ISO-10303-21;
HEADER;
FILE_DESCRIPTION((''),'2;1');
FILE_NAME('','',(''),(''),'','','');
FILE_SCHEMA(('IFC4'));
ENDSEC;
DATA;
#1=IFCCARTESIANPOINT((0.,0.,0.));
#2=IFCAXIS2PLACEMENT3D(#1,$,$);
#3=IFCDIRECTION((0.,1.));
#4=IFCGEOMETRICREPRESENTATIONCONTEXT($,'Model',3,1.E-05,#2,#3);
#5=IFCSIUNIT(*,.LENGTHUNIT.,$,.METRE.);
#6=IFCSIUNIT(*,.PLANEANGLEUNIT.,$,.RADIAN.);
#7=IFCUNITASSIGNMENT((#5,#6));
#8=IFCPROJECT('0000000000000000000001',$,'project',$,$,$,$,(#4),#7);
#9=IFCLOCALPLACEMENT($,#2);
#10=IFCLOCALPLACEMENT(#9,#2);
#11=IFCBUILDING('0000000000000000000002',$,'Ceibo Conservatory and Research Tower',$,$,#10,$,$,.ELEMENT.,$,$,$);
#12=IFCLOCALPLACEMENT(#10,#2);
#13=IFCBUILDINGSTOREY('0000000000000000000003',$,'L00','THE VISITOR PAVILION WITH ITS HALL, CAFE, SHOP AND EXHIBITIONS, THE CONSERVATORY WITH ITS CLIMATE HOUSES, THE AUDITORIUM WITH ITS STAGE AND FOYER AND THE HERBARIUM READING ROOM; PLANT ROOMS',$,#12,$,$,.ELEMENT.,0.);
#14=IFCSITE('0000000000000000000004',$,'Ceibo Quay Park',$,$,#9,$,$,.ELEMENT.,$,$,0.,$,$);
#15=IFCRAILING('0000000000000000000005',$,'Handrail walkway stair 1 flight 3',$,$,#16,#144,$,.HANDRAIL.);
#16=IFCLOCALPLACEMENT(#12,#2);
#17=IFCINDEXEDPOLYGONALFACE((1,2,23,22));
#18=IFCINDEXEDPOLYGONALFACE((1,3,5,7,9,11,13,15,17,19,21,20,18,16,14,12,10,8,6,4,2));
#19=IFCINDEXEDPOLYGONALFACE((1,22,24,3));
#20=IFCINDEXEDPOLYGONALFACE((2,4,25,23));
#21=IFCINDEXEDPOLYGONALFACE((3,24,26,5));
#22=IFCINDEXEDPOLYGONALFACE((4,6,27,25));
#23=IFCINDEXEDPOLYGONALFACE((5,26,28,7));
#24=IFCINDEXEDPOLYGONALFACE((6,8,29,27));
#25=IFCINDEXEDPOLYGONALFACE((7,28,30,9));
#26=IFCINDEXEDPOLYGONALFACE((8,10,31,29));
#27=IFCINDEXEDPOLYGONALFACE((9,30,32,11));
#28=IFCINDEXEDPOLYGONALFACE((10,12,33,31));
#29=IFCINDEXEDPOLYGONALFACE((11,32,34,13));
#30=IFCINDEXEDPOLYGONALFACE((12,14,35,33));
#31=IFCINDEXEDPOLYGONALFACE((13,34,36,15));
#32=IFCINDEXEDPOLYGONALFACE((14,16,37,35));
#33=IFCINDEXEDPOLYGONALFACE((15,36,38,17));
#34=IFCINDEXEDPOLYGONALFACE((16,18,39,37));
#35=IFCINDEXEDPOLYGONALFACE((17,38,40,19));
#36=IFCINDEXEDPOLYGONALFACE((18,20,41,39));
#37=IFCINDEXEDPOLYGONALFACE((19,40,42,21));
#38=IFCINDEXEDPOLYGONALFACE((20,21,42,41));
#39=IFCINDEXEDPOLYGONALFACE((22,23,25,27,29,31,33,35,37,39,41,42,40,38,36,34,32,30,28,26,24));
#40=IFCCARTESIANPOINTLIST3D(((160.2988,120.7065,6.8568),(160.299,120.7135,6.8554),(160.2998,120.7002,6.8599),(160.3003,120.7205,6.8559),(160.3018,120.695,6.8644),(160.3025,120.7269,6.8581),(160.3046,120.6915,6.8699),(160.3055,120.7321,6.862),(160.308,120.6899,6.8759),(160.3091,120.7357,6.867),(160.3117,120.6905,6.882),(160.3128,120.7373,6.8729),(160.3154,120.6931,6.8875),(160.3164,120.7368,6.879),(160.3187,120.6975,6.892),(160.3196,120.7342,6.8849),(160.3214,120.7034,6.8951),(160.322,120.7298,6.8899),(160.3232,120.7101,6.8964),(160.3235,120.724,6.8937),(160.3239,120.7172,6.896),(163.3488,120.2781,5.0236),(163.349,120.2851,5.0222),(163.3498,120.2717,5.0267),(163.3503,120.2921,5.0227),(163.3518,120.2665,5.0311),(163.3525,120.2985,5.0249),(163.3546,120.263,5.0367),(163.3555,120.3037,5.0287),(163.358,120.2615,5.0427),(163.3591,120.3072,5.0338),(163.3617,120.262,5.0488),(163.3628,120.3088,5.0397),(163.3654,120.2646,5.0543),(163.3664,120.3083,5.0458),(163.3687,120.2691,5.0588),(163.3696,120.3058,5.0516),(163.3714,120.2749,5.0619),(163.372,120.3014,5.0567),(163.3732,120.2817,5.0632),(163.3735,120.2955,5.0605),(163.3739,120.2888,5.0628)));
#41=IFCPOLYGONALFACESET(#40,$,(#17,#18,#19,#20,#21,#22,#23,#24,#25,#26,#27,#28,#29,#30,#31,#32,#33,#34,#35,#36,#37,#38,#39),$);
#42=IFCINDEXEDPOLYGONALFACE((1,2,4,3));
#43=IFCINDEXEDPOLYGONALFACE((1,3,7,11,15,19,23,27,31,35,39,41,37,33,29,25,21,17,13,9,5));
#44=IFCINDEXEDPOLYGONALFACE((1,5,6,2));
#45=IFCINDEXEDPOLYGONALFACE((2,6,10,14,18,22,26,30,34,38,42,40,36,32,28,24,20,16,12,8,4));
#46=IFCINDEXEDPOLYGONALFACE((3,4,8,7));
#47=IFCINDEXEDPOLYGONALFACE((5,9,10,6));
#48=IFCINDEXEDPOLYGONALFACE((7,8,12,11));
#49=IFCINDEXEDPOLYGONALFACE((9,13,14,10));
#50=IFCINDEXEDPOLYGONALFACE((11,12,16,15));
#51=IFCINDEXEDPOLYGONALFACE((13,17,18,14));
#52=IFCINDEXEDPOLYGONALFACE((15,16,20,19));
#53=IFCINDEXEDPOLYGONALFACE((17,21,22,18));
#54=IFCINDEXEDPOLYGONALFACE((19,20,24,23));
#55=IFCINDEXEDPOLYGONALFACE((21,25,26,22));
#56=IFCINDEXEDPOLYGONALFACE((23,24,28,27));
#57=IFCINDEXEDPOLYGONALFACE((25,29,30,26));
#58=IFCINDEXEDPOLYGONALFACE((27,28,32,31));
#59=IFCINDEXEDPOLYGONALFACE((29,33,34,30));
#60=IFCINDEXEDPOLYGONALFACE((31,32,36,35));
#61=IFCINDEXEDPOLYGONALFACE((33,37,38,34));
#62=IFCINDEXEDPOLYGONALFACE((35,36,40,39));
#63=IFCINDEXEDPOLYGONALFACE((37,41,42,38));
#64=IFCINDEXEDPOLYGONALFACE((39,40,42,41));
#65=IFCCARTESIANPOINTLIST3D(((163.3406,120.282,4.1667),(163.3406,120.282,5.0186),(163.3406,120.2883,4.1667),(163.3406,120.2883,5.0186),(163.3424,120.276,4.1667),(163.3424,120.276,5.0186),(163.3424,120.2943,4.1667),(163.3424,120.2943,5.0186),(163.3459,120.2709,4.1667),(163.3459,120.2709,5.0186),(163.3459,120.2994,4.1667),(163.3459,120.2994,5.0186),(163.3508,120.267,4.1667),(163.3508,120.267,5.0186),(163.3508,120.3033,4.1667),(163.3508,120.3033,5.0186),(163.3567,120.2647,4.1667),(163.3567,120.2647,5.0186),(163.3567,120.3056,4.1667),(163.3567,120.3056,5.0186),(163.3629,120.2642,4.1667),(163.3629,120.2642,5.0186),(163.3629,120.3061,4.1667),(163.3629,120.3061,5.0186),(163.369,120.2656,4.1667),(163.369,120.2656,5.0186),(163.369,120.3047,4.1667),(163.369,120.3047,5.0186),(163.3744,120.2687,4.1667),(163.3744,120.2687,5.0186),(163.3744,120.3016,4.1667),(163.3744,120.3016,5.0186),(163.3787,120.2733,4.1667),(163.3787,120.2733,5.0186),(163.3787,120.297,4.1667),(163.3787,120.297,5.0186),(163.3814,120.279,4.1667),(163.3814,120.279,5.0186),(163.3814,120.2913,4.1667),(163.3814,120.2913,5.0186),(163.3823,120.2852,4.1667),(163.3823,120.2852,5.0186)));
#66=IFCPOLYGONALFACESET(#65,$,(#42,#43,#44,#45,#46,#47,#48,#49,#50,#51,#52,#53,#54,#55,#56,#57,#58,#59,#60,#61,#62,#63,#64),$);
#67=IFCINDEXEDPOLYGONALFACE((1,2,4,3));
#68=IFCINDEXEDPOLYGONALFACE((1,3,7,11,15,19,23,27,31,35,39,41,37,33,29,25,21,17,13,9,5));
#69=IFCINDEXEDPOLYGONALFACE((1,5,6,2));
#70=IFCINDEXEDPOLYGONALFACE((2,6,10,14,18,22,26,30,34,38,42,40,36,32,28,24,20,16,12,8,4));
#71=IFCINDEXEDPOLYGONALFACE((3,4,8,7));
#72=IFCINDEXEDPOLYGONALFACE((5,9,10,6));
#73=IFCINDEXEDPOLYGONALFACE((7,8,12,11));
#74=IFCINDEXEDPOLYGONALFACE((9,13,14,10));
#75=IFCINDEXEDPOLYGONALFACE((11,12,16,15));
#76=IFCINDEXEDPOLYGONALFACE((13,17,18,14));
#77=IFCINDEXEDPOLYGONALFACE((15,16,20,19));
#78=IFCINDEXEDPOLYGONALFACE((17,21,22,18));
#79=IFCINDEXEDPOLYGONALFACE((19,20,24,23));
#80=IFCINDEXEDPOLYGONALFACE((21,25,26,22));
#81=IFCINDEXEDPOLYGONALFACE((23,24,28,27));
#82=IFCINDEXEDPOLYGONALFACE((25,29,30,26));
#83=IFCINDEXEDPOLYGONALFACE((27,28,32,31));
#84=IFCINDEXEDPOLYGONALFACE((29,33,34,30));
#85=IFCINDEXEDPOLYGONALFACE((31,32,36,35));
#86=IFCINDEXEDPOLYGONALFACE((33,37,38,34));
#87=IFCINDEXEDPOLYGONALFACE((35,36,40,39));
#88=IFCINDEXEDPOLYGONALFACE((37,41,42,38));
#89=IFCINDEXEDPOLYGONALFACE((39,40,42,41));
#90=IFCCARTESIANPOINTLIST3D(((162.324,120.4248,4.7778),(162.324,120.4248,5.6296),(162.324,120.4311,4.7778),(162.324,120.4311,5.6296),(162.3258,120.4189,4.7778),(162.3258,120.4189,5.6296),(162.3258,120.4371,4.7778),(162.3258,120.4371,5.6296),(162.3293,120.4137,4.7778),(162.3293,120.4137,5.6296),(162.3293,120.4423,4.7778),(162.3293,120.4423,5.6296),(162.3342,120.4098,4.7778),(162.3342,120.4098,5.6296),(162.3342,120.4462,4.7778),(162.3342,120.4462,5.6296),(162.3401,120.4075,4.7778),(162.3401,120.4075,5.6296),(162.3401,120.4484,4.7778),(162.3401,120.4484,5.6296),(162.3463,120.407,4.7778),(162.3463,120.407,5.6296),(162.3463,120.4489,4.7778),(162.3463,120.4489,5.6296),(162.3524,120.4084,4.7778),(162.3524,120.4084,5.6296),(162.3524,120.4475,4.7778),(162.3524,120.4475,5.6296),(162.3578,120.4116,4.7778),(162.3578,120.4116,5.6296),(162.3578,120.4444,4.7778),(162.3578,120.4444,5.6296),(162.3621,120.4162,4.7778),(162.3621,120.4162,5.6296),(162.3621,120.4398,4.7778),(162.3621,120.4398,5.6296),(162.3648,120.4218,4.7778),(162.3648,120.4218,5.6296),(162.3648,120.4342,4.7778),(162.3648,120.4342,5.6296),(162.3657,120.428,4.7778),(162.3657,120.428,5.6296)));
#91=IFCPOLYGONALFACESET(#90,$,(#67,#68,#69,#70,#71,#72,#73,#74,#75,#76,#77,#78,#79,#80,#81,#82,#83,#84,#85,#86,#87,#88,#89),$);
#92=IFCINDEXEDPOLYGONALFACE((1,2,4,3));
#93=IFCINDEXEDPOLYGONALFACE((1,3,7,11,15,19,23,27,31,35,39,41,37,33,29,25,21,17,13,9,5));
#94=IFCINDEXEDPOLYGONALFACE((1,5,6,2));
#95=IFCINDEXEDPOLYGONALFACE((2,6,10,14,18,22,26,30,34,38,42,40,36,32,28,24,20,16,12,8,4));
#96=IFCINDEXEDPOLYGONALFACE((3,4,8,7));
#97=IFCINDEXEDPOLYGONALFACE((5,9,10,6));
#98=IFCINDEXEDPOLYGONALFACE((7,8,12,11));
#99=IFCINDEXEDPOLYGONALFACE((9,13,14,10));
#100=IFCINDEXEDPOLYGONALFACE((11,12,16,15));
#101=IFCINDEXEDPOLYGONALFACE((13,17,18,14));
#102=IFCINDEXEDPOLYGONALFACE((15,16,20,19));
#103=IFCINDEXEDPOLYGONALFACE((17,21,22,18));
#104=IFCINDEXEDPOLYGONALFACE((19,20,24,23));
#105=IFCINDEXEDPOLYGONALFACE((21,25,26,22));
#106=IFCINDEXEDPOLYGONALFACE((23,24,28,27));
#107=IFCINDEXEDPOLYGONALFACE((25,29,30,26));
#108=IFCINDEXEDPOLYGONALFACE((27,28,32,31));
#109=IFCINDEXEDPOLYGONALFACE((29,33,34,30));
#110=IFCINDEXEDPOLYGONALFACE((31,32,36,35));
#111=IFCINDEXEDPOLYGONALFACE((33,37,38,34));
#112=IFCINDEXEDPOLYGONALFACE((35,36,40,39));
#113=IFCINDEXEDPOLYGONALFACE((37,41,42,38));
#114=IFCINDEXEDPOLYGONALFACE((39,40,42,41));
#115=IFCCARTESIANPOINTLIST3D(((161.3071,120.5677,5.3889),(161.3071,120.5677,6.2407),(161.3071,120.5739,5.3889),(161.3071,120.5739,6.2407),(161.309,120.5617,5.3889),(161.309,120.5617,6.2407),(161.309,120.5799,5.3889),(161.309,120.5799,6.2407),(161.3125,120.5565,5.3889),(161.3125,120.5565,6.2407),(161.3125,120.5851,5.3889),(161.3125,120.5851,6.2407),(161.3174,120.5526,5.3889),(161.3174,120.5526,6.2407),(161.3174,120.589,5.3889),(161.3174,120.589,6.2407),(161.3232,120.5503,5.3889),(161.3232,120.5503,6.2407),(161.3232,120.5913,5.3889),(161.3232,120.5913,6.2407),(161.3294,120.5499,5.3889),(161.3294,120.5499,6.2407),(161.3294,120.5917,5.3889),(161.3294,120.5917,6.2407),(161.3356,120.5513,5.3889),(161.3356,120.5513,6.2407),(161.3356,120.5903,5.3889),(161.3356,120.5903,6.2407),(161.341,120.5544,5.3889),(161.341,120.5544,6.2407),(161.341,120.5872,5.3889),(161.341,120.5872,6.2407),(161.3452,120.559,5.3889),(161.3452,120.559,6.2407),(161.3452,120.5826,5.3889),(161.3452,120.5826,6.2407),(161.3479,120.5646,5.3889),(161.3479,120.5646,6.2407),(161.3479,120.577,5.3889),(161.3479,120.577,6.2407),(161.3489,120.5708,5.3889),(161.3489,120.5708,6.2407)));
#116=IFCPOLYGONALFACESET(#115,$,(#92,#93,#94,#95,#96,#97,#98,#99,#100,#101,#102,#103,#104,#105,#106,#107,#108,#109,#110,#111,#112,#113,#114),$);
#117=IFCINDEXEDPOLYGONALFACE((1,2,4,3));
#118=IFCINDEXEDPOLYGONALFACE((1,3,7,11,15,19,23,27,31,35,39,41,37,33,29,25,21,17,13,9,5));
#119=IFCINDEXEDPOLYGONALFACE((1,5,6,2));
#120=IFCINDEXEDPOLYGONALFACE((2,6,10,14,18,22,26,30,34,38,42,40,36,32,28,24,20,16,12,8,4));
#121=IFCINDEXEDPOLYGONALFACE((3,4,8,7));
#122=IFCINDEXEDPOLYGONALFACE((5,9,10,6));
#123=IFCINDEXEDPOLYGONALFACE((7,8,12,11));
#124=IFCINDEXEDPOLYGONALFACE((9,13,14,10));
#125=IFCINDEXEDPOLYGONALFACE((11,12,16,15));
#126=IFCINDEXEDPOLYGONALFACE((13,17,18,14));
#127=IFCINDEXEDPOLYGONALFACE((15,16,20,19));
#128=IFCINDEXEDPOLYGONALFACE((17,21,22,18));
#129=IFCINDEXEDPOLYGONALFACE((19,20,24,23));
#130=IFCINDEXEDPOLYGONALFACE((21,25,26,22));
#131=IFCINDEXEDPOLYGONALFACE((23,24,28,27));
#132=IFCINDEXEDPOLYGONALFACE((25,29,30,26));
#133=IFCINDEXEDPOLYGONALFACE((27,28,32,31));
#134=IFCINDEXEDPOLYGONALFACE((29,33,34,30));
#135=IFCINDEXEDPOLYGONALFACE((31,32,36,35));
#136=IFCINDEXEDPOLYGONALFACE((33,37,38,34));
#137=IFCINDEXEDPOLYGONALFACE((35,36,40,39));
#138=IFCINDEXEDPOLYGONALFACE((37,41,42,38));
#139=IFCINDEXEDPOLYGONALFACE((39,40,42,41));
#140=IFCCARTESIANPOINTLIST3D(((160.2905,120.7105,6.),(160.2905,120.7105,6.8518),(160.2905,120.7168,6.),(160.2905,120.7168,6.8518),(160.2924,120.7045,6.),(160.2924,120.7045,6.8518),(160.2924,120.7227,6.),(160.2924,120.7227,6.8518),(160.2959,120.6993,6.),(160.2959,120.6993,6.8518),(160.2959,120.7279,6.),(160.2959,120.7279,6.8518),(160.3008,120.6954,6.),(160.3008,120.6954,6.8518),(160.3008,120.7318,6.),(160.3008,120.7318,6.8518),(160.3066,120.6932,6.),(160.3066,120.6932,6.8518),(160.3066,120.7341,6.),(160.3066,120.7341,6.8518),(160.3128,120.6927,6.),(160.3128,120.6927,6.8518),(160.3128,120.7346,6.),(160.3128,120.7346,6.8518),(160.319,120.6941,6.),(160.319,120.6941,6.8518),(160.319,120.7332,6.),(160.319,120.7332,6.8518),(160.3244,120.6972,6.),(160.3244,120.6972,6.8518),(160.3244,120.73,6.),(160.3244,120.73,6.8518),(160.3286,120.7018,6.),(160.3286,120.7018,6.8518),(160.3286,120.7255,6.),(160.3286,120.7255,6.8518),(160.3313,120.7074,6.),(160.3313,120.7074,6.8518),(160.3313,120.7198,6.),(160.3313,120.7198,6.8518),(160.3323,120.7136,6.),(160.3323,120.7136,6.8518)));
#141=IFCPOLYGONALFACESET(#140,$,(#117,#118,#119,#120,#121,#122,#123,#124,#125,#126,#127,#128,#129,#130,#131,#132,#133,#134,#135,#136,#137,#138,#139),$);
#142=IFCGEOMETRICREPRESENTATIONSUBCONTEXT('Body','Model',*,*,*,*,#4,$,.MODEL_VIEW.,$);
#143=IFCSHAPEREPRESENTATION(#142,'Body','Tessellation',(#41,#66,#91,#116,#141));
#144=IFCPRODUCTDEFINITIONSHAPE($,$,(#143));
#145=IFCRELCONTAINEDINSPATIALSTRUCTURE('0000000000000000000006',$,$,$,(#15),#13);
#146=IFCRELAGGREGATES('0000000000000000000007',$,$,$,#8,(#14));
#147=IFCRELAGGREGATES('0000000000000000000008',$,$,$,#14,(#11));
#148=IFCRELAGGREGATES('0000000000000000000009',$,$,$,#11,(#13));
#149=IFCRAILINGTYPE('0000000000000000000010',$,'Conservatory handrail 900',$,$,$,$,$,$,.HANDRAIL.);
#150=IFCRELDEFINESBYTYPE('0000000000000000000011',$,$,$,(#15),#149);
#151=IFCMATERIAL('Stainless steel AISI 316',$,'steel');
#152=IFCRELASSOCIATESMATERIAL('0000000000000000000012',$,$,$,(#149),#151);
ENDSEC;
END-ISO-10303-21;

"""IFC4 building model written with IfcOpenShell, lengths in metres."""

from ifc_helpers import new_model, si_unit, direction, frame, origin, origin_2d, place, context, subcontext, project, spatial, circle, extrude, material, type_object, element, save


model = new_model("IFC4")

# Units and contexts
model_context = context("Model", 3, precision=1e-05, world=origin(), true_north=direction((0.0, 1.0)))
body_context = subcontext(model_context, "Body", "Model", "MODEL_VIEW")
ifc_project = project(units=[si_unit("LENGTHUNIT", "METRE"), si_unit("PLANEANGLEUNIT", "RADIAN")], contexts=[model_context])

# Site, building, storey
site_placement = place(None, origin())
site = spatial("IfcSite", under=ifc_project, at=site_placement, Name="Ceibo Quay Park", CompositionType="ELEMENT", RefElevation=0.0)
building_placement = place(site_placement, origin())
building = spatial("IfcBuilding", under=site, at=building_placement, Name="Ceibo Conservatory and Research Tower", CompositionType="ELEMENT")
storey_placement = place(building_placement, origin())
storey = spatial("IfcBuildingStorey", under=building, at=storey_placement, Name="L00", Description="THE VISITOR PAVILION WITH ITS HALL, CAFE, SHOP AND EXHIBITIONS, THE CONSERVATORY WITH ITS CLIMATE HOUSES, THE AUDITORIUM WITH ITS STAGE AND FOYER AND THE HERBARIUM READING ROOM; PLANT ROOMS", CompositionType="ELEMENT", Elevation=0.0)

# Railing
ifc_material_1 = material(Name="Stainless steel AISI 316", Category="steel")
railing_type_1 = type_object("IfcRailingType", Name="Conservatory handrail 900", PredefinedType="HANDRAIL", material=ifc_material_1)
railing_1_placement = place(storey_placement, frame((163.3613, 120.2852, 4.1667)))
element("IfcRailing", 1, at=railing_1_placement, inside=storey, type_object=railing_type_1, Name="Handrail walkway stair 1 flight 3", PredefinedType="HANDRAIL", context=body_context, shape_type="SweptSolid", body=[
    extrude(circle(Radius=0.0239, at=origin_2d()), frame((0.0, 0.0, 0.876), z_axis=(-0.850947, 0.11954, 0.511467), x_axis=(-0.139113, -0.990277, 0.0)), (0.0, 0.0, 1.0), 3.5842),
    extrude(circle(Radius=0.021, at=origin_2d()), origin(), (0.0, 0.0, 1.0), 0.8518),
    extrude(circle(Radius=0.021, at=origin_2d()), frame((-1.0166, 0.1428, 0.6111)), (0.0, 0.0, 1.0), 0.8518),
    extrude(circle(Radius=0.021, at=origin_2d()), frame((-2.0334, 0.2856, 1.2222)), (0.0, 0.0, 1.0), 0.8518),
    extrude(circle(Radius=0.021, at=origin_2d()), frame((-3.05, 0.4285, 1.8333)), (0.0, 0.0, 1.0), 0.8518),
])

save(model, "model.ifc")
